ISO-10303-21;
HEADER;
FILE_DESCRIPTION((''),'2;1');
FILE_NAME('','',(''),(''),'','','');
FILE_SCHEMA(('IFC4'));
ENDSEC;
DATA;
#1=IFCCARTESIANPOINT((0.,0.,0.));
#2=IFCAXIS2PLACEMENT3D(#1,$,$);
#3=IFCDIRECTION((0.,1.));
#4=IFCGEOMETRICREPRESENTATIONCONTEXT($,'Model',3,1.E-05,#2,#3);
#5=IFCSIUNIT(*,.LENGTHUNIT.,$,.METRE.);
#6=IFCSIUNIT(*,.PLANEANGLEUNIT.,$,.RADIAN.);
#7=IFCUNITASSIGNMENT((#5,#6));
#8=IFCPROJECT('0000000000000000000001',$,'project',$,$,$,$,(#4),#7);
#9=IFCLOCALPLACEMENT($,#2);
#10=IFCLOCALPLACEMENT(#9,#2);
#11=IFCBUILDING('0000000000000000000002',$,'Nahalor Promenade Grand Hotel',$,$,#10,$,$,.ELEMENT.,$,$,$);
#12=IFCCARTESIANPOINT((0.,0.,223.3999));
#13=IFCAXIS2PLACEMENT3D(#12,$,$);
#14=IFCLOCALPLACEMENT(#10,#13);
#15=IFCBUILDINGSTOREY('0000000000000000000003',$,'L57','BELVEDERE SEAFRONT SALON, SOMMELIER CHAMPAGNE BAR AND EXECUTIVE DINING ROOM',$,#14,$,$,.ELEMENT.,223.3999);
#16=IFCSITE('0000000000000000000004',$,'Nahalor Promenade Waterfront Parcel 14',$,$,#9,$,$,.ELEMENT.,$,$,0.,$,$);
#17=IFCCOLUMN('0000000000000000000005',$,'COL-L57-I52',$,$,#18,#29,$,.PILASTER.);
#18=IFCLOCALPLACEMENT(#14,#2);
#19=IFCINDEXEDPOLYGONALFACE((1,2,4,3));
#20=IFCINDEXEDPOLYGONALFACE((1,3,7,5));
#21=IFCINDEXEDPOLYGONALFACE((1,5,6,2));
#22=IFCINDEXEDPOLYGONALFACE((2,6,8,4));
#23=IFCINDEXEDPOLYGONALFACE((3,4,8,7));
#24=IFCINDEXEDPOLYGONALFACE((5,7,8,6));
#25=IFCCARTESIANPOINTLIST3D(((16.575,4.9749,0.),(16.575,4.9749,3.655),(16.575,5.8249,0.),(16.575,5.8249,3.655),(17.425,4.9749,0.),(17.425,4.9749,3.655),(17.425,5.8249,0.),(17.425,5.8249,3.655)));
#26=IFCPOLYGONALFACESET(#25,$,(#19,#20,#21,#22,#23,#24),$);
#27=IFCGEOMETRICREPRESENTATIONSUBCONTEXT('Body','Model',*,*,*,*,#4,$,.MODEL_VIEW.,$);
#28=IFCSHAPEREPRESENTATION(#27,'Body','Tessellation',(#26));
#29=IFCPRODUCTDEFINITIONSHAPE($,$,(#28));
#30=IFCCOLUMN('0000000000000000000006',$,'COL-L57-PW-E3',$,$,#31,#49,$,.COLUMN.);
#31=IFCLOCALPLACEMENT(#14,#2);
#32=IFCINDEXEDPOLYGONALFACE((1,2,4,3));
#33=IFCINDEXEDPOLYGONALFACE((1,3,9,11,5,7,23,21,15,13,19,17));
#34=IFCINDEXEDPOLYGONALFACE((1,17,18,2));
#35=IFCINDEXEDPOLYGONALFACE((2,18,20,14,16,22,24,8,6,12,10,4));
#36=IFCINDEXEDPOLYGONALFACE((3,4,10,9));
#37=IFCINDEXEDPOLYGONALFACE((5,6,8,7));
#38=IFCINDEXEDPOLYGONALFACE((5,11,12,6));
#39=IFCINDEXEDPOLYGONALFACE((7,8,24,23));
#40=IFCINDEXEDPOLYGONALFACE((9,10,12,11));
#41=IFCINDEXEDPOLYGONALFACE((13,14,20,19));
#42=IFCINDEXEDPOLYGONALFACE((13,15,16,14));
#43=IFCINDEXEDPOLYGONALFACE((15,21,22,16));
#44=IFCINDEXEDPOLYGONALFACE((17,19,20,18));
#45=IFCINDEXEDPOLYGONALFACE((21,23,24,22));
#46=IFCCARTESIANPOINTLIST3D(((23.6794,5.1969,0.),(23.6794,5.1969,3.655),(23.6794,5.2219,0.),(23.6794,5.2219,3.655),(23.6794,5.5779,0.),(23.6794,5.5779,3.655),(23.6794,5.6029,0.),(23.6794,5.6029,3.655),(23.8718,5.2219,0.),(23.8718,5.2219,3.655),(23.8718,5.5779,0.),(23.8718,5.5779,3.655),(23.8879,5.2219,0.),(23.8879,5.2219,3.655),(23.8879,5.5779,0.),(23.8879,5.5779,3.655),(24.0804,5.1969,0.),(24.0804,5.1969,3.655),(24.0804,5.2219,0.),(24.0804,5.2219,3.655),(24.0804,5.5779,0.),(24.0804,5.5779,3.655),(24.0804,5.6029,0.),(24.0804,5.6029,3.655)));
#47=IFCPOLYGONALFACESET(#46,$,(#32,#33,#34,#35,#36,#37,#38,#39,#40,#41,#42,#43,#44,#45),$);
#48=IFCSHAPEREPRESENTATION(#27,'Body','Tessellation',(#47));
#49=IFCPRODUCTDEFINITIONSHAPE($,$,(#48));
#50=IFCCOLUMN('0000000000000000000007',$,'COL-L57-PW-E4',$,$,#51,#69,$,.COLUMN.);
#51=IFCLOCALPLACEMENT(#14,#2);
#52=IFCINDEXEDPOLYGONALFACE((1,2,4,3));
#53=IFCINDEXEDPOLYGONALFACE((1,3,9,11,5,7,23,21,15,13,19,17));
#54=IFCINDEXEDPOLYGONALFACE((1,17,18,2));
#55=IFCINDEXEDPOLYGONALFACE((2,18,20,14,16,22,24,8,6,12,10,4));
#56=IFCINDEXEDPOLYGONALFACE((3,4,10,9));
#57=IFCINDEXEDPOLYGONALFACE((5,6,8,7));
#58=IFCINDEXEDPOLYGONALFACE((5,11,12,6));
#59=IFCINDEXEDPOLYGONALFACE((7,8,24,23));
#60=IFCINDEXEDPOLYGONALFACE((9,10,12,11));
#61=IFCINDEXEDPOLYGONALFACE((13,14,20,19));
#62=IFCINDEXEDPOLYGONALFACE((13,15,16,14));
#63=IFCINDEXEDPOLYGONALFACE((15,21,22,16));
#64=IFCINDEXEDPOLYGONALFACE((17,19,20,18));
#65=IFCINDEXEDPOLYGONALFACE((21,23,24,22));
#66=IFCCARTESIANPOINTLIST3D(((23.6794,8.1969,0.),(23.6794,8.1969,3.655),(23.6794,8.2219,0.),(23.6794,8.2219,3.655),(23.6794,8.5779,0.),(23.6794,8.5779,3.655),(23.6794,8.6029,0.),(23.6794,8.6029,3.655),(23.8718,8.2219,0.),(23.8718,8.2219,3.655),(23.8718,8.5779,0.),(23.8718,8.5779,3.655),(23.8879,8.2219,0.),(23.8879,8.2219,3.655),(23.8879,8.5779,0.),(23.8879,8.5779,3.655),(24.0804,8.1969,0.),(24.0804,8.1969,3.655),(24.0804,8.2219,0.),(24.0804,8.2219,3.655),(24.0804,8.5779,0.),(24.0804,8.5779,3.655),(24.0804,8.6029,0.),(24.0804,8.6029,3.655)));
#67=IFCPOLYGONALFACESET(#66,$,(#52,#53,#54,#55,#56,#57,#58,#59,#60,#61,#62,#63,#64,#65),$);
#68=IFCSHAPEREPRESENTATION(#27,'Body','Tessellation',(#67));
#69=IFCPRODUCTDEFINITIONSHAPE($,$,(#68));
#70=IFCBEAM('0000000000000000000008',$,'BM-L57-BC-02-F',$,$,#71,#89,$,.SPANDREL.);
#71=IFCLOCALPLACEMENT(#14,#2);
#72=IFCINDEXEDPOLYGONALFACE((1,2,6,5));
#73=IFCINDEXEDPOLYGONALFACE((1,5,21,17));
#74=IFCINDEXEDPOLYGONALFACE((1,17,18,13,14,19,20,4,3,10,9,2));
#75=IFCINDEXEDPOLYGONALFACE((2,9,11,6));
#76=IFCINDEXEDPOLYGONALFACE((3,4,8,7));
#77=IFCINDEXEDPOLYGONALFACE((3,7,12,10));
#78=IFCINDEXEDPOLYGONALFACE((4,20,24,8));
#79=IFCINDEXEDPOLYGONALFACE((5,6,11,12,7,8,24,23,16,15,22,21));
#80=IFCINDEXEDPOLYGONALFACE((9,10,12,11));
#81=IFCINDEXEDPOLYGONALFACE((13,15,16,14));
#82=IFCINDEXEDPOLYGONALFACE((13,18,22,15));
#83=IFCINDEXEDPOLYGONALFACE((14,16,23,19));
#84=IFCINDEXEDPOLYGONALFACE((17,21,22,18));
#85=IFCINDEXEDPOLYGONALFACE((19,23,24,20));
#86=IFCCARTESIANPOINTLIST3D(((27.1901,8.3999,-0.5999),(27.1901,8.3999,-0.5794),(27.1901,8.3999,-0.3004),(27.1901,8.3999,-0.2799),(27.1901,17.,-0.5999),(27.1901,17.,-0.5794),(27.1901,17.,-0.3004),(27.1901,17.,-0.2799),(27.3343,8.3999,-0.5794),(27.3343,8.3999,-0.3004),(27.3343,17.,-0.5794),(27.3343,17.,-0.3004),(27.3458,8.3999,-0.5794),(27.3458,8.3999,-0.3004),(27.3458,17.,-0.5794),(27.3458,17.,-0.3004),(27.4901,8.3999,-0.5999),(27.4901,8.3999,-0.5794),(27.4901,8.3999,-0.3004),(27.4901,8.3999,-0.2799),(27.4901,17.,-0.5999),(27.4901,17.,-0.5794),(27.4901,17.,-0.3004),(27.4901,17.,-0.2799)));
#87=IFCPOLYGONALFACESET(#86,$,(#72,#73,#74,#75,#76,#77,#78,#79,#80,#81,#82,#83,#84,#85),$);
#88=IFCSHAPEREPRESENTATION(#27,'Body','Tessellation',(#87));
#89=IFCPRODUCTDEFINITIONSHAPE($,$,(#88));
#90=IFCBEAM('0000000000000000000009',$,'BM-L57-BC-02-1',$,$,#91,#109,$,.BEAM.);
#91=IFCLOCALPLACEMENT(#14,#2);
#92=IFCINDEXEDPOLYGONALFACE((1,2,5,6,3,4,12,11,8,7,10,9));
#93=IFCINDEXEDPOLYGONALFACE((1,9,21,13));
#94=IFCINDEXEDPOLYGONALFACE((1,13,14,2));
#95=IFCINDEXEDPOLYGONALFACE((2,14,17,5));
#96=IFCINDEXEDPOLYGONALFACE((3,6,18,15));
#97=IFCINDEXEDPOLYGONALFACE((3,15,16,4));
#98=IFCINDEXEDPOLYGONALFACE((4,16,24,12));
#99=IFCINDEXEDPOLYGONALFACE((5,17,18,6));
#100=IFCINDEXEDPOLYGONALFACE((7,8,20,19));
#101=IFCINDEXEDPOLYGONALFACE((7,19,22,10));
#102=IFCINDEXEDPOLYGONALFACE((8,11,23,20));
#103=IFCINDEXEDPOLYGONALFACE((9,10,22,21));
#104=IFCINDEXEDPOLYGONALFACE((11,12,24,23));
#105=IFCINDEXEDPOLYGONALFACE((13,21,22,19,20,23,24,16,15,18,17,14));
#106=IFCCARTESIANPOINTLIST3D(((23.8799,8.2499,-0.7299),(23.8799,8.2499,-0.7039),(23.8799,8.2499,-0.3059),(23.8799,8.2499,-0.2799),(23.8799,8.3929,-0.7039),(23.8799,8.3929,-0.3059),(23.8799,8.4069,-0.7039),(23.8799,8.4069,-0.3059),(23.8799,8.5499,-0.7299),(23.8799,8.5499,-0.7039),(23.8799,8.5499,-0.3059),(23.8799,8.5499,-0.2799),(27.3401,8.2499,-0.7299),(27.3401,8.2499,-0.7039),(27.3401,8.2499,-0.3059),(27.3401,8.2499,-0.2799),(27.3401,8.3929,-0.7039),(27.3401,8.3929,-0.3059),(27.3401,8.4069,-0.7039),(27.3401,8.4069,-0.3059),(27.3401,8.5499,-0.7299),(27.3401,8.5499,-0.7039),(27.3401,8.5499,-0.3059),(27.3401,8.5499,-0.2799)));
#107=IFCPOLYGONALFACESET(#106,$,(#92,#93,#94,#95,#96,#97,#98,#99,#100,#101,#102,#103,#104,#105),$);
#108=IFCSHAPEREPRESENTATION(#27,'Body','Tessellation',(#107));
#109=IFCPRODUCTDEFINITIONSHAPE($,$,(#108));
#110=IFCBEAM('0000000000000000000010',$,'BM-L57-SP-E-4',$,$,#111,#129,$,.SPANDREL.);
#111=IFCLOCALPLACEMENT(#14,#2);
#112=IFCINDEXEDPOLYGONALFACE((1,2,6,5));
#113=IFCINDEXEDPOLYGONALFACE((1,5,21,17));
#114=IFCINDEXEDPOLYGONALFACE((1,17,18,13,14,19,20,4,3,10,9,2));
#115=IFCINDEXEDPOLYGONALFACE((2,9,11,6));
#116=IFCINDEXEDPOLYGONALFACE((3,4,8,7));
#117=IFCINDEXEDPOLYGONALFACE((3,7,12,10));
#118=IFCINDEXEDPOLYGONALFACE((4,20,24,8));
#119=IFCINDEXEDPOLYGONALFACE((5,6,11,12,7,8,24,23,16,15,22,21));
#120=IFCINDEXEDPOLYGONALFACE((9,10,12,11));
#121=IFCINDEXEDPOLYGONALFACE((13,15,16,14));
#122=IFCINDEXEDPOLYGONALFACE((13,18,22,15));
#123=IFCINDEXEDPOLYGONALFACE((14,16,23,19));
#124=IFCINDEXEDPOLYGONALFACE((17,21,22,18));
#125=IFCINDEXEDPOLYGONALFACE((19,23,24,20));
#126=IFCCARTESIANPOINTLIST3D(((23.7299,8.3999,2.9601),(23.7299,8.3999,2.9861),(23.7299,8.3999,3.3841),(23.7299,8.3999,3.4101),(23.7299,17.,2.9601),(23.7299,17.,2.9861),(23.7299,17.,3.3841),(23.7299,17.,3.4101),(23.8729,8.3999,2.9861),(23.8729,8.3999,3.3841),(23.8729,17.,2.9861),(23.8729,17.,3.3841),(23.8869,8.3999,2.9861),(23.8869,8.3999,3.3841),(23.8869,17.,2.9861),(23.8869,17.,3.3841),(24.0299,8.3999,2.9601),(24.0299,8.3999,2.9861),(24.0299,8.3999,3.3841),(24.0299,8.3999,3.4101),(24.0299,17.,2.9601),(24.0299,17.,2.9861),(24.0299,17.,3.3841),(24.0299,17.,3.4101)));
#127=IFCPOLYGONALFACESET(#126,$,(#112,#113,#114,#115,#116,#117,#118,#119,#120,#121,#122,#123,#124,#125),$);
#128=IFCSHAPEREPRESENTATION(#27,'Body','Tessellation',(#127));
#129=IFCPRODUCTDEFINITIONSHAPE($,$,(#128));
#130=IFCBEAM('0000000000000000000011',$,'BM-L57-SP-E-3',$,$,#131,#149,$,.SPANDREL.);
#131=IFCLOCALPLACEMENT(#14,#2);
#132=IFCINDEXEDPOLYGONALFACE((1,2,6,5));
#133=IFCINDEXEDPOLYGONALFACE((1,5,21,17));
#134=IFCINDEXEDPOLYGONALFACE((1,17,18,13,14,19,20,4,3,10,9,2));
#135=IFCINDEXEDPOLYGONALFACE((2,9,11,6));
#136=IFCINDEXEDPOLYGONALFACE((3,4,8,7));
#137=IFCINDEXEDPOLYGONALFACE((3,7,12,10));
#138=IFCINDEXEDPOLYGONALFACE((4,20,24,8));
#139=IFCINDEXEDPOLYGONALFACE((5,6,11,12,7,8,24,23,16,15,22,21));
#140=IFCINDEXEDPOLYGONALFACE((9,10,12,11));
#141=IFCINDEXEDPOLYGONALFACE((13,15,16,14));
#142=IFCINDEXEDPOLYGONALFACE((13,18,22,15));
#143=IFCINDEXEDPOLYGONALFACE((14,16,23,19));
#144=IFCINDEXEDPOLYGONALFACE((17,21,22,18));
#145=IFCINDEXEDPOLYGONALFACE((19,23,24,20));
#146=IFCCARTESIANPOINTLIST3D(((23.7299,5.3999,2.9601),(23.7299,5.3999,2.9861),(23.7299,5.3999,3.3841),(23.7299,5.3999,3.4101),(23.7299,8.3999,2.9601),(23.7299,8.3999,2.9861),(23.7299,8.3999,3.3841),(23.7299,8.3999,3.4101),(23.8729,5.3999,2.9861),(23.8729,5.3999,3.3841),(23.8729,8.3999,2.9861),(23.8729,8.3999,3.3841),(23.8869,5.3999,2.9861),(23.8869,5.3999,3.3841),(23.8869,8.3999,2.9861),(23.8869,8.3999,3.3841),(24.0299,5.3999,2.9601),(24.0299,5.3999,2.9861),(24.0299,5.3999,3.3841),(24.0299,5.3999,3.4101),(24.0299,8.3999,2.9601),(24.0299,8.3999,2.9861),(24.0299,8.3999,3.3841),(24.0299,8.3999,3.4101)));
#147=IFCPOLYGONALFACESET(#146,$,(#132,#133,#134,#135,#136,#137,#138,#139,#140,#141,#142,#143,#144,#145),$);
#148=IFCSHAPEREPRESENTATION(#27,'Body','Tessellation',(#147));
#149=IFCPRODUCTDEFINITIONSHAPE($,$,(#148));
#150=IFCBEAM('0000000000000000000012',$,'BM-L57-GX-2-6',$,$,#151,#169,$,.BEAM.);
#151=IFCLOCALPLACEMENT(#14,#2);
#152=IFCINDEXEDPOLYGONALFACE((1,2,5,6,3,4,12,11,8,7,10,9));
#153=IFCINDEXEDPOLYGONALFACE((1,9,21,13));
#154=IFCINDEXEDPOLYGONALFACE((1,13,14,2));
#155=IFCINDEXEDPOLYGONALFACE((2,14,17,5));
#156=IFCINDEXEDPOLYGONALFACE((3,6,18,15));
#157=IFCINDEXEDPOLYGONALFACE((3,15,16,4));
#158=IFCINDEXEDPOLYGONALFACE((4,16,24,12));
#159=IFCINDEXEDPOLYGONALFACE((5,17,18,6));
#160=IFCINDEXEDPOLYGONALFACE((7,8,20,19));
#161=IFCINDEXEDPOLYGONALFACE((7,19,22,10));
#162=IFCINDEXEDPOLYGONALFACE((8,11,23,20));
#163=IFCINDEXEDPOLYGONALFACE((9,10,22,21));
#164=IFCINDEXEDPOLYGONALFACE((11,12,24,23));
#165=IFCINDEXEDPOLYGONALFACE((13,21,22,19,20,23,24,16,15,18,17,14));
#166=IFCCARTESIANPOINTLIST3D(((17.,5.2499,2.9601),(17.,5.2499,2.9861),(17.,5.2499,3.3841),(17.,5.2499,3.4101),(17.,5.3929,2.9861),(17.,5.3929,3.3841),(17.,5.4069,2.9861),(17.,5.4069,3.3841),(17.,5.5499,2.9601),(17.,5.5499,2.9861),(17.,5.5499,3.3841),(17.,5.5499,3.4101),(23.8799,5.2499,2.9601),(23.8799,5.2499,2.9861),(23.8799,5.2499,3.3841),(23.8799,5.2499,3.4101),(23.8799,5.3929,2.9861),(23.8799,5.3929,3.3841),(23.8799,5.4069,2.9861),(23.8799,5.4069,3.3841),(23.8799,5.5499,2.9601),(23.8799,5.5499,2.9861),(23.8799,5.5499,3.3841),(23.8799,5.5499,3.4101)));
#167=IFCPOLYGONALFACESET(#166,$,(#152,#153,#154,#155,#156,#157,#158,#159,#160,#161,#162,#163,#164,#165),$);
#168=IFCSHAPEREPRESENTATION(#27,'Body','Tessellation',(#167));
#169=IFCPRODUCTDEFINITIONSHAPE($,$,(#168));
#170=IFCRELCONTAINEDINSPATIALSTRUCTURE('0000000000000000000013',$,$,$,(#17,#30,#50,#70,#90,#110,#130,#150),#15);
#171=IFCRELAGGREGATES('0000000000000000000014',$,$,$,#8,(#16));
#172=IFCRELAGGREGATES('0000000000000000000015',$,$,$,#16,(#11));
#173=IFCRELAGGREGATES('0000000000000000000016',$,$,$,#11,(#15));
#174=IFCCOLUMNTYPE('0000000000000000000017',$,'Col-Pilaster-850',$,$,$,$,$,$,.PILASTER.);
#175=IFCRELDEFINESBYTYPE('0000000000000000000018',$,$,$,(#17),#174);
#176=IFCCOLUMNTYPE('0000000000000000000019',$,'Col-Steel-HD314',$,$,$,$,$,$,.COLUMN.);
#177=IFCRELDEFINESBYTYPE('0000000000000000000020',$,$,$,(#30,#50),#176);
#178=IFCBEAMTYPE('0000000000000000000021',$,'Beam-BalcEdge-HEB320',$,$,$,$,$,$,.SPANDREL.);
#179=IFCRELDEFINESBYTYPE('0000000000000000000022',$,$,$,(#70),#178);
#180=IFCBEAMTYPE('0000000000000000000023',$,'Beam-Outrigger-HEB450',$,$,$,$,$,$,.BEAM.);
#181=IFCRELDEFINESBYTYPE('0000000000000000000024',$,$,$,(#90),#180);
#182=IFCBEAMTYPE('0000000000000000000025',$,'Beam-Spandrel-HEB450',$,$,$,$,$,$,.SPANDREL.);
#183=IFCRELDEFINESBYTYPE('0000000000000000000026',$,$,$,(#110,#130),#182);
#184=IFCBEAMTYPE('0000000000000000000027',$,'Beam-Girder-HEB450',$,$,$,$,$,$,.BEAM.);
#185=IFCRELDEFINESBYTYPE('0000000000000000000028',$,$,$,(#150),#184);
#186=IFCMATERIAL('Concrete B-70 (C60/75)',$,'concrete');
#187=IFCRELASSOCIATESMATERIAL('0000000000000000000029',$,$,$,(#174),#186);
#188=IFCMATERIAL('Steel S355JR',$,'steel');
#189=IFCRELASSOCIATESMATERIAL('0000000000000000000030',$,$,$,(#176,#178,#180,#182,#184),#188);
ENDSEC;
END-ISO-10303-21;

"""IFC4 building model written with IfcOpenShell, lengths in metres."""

from ifc_helpers import new_model, si_unit, direction, frame, origin, origin_2d, place, context, subcontext, project, spatial, rectangle, i_section, extrude, source, transform, mapped, material, material_profile, profile_set, type_object, element, save


model = new_model("IFC4")

# Units and contexts
model_context = context("Model", 3, precision=1e-05, world=origin(), true_north=direction((0.0, 1.0)))
body_context = subcontext(model_context, "Body", "Model", "MODEL_VIEW")
ifc_project = project(units=[si_unit("LENGTHUNIT", "METRE"), si_unit("PLANEANGLEUNIT", "RADIAN")], contexts=[model_context])

# Site, building, storey
site_placement = place(None, origin())
site = spatial("IfcSite", under=ifc_project, at=site_placement, Name="Nahalor Promenade Waterfront Parcel 14", CompositionType="ELEMENT", RefElevation=0.0)
building_placement = place(site_placement, origin())
building = spatial("IfcBuilding", under=site, at=building_placement, Name="Nahalor Promenade Grand Hotel", CompositionType="ELEMENT")
storey_placement = place(building_placement, frame((0.0, 0.0, 223.3999)))
storey = spatial("IfcBuildingStorey", under=building, at=storey_placement, Name="L57", Description="BELVEDERE SEAFRONT SALON, SOMMELIER CHAMPAGNE BAR AND EXECUTIVE DINING ROOM", CompositionType="ELEMENT", Elevation=223.3999)

# Columns
ifc_material_1 = material(Name="Concrete B-70 (C60/75)", Category="concrete")
ifc_material_profile_1 = material_profile(ifc_material_1, rectangle(XDim=0.85, YDim=0.85, at=origin_2d()), Name="RC 850x850")
ifc_profile_set_1 = profile_set([ifc_material_profile_1], Name="Concrete B-70 (C60/75)")
column_type_1 = type_object("IfcColumnType", Name="Col-Pilaster-850", PredefinedType="PILASTER", material=ifc_profile_set_1)
shared_shape_1 = source(origin(), body_context, "Body", "SweptSolid", [
    extrude(rectangle(XDim=0.85, YDim=0.85, at=origin_2d()), origin(), (0.0, 0.0, 1.0), 3.655),
])
column_placement = place(storey_placement, frame((17.0, 5.3999, 0.0), z_axis=(0.0, 0.0, 1.0), x_axis=(1.0, 0.0, 0.0)))
element("IfcColumn", 1, at=column_placement, inside=storey, type_object=column_type_1, Name="COL-L57-I52", PredefinedType="PILASTER", context=body_context, shape_type="MappedRepresentation", body=[
    mapped(shared_shape_1, transform((0.0, 0.0, 0.0), scale=1.0)),
])
ifc_material_2 = material(Name="Steel S355JR", Category="steel")
ifc_material_profile_2 = material_profile(ifc_material_2, i_section(OverallWidth=0.401, OverallDepth=0.406, WebThickness=0.0161, FlangeThickness=0.025, at=origin_2d()), Name="HD 400x314")
ifc_profile_set_2 = profile_set([ifc_material_profile_2], Name="Steel S355JR")
column_type_2 = type_object("IfcColumnType", Name="Col-Steel-HD314", PredefinedType="COLUMN", material=ifc_profile_set_2)
shared_shape_2 = source(origin(), body_context, "Body", "SweptSolid", [
    extrude(i_section(OverallWidth=0.401, OverallDepth=0.406, WebThickness=0.0161, FlangeThickness=0.025, at=origin_2d()), origin(), (0.0, 0.0, 1.0), 3.655),
])
for number, where, z_axis, x_axis, name in (
    (2, (23.8799, 5.3999, 0.0), (0.0, 0.0, 1.0), (1.0, 0.0, 0.0), "COL-L57-PW-E3"),
    (3, (23.8799, 8.3999, 0.0), (0.0, 0.0, 1.0), (1.0, 0.0, 0.0), "COL-L57-PW-E4"),
):
    element("IfcColumn", number, at=place(storey_placement, frame(where, z_axis=z_axis, x_axis=x_axis)), inside=storey, type_object=column_type_2, Name=name, PredefinedType="COLUMN", context=body_context, shape_type="MappedRepresentation", body=[
        mapped(shared_shape_2, transform((0.0, 0.0, 0.0), scale=1.0)),
    ])

# Beams
ifc_material_profile_3 = material_profile(ifc_material_2, i_section(OverallWidth=0.3, OverallDepth=0.32, WebThickness=0.0115, FlangeThickness=0.0205, at=origin_2d()), Name="HEB 320")
ifc_profile_set_3 = profile_set([ifc_material_profile_3], Name="Steel S355JR")
beam_type_1 = type_object("IfcBeamType", Name="Beam-BalcEdge-HEB320", PredefinedType="SPANDREL", material=ifc_profile_set_3)
shared_shape_3 = source(origin(), body_context, "Body", "SweptSolid", [
    extrude(i_section(OverallWidth=0.3, OverallDepth=0.32, WebThickness=0.0115, FlangeThickness=0.0205, at=origin_2d()), origin(), (0.0, 0.0, 1.0), 8.6001),
])
beam_1_placement = place(storey_placement, frame((27.3401, 8.3999, -0.4399), z_axis=(0.0, 1.0, 0.0), x_axis=(-1.0, 0.0, 0.0)))
element("IfcBeam", 4, at=beam_1_placement, inside=storey, type_object=beam_type_1, Name="BM-L57-BC-02-F", PredefinedType="SPANDREL", context=body_context, shape_type="MappedRepresentation", body=[
    mapped(shared_shape_3, transform((0.0, 0.0, 0.0), scale=1.0)),
])
ifc_material_profile_4 = material_profile(ifc_material_2, i_section(OverallWidth=0.3, OverallDepth=0.45, WebThickness=0.014, FlangeThickness=0.026, at=origin_2d()), Name="HEB 450")
ifc_profile_set_4 = profile_set([ifc_material_profile_4], Name="Steel S355JR")
beam_type_2 = type_object("IfcBeamType", Name="Beam-Outrigger-HEB450", PredefinedType="BEAM", material=ifc_profile_set_4)
shared_shape_4 = source(origin(), body_context, "Body", "SweptSolid", [
    extrude(i_section(OverallWidth=0.3, OverallDepth=0.45, WebThickness=0.014, FlangeThickness=0.026, at=origin_2d()), origin(), (0.0, 0.0, 1.0), 3.4602),
])
beam_2_placement = place(storey_placement, frame((23.8799, 8.3999, -0.5049), z_axis=(1.0, 0.0, 0.0), x_axis=(0.0, 1.0, 0.0)))
element("IfcBeam", 5, at=beam_2_placement, inside=storey, type_object=beam_type_2, Name="BM-L57-BC-02-1", PredefinedType="BEAM", context=body_context, shape_type="MappedRepresentation", body=[
    mapped(shared_shape_4, transform((0.0, 0.0, 0.0), scale=1.0)),
])
ifc_material_profile_5 = material_profile(ifc_material_2, i_section(OverallWidth=0.3, OverallDepth=0.45, WebThickness=0.014, FlangeThickness=0.026, at=origin_2d()), Name="HEB 450")
ifc_profile_set_5 = profile_set([ifc_material_profile_5], Name="Steel S355JR")
beam_type_3 = type_object("IfcBeamType", Name="Beam-Spandrel-HEB450", PredefinedType="SPANDREL", material=ifc_profile_set_5)
shared_shape_5 = source(origin(), body_context, "Body", "SweptSolid", [
    extrude(i_section(OverallWidth=0.3, OverallDepth=0.45, WebThickness=0.014, FlangeThickness=0.026, at=origin_2d()), origin(), (0.0, 0.0, 1.0), 8.6001),
])
beam_3_placement = place(storey_placement, frame((23.8799, 8.3999, 3.1851), z_axis=(0.0, 1.0, 0.0), x_axis=(-1.0, 0.0, 0.0)))
element("IfcBeam", 6, at=beam_3_placement, inside=storey, type_object=beam_type_3, Name="BM-L57-SP-E-4", PredefinedType="SPANDREL", context=body_context, shape_type="MappedRepresentation", body=[
    mapped(shared_shape_5, transform((0.0, 0.0, 0.0), scale=1.0)),
])
shared_shape_6 = source(origin(), body_context, "Body", "SweptSolid", [
    extrude(i_section(OverallWidth=0.3, OverallDepth=0.45, WebThickness=0.014, FlangeThickness=0.026, at=origin_2d()), origin(), (0.0, 0.0, 1.0), 3.0),
])
beam_4_placement = place(storey_placement, frame((23.8799, 5.3999, 3.1851), z_axis=(0.0, 1.0, 0.0), x_axis=(-1.0, 0.0, 0.0)))
element("IfcBeam", 7, at=beam_4_placement, inside=storey, type_object=beam_type_3, Name="BM-L57-SP-E-3", PredefinedType="SPANDREL", context=body_context, shape_type="MappedRepresentation", body=[
    mapped(shared_shape_6, transform((0.0, 0.0, 0.0), scale=1.0)),
])
ifc_material_profile_6 = material_profile(ifc_material_2, i_section(OverallWidth=0.3, OverallDepth=0.45, WebThickness=0.014, FlangeThickness=0.026, at=origin_2d()), Name="HEB 450")
ifc_profile_set_6 = profile_set([ifc_material_profile_6], Name="Steel S355JR")
beam_type_4 = type_object("IfcBeamType", Name="Beam-Girder-HEB450", PredefinedType="BEAM", material=ifc_profile_set_6)
shared_shape_7 = source(origin(), body_context, "Body", "SweptSolid", [
    extrude(i_section(OverallWidth=0.3, OverallDepth=0.45, WebThickness=0.014, FlangeThickness=0.026, at=origin_2d()), origin(), (0.0, 0.0, 1.0), 6.8799),
])
beam_5_placement = place(storey_placement, frame((17.0, 5.3999, 3.1851), z_axis=(1.0, 0.0, 0.0), x_axis=(0.0, 1.0, 0.0)))
element("IfcBeam", 8, at=beam_5_placement, inside=storey, type_object=beam_type_4, Name="BM-L57-GX-2-6", PredefinedType="BEAM", context=body_context, shape_type="MappedRepresentation", body=[
    mapped(shared_shape_7, transform((0.0, 0.0, 0.0), scale=1.0)),
])

save(model, "model.ifc")
